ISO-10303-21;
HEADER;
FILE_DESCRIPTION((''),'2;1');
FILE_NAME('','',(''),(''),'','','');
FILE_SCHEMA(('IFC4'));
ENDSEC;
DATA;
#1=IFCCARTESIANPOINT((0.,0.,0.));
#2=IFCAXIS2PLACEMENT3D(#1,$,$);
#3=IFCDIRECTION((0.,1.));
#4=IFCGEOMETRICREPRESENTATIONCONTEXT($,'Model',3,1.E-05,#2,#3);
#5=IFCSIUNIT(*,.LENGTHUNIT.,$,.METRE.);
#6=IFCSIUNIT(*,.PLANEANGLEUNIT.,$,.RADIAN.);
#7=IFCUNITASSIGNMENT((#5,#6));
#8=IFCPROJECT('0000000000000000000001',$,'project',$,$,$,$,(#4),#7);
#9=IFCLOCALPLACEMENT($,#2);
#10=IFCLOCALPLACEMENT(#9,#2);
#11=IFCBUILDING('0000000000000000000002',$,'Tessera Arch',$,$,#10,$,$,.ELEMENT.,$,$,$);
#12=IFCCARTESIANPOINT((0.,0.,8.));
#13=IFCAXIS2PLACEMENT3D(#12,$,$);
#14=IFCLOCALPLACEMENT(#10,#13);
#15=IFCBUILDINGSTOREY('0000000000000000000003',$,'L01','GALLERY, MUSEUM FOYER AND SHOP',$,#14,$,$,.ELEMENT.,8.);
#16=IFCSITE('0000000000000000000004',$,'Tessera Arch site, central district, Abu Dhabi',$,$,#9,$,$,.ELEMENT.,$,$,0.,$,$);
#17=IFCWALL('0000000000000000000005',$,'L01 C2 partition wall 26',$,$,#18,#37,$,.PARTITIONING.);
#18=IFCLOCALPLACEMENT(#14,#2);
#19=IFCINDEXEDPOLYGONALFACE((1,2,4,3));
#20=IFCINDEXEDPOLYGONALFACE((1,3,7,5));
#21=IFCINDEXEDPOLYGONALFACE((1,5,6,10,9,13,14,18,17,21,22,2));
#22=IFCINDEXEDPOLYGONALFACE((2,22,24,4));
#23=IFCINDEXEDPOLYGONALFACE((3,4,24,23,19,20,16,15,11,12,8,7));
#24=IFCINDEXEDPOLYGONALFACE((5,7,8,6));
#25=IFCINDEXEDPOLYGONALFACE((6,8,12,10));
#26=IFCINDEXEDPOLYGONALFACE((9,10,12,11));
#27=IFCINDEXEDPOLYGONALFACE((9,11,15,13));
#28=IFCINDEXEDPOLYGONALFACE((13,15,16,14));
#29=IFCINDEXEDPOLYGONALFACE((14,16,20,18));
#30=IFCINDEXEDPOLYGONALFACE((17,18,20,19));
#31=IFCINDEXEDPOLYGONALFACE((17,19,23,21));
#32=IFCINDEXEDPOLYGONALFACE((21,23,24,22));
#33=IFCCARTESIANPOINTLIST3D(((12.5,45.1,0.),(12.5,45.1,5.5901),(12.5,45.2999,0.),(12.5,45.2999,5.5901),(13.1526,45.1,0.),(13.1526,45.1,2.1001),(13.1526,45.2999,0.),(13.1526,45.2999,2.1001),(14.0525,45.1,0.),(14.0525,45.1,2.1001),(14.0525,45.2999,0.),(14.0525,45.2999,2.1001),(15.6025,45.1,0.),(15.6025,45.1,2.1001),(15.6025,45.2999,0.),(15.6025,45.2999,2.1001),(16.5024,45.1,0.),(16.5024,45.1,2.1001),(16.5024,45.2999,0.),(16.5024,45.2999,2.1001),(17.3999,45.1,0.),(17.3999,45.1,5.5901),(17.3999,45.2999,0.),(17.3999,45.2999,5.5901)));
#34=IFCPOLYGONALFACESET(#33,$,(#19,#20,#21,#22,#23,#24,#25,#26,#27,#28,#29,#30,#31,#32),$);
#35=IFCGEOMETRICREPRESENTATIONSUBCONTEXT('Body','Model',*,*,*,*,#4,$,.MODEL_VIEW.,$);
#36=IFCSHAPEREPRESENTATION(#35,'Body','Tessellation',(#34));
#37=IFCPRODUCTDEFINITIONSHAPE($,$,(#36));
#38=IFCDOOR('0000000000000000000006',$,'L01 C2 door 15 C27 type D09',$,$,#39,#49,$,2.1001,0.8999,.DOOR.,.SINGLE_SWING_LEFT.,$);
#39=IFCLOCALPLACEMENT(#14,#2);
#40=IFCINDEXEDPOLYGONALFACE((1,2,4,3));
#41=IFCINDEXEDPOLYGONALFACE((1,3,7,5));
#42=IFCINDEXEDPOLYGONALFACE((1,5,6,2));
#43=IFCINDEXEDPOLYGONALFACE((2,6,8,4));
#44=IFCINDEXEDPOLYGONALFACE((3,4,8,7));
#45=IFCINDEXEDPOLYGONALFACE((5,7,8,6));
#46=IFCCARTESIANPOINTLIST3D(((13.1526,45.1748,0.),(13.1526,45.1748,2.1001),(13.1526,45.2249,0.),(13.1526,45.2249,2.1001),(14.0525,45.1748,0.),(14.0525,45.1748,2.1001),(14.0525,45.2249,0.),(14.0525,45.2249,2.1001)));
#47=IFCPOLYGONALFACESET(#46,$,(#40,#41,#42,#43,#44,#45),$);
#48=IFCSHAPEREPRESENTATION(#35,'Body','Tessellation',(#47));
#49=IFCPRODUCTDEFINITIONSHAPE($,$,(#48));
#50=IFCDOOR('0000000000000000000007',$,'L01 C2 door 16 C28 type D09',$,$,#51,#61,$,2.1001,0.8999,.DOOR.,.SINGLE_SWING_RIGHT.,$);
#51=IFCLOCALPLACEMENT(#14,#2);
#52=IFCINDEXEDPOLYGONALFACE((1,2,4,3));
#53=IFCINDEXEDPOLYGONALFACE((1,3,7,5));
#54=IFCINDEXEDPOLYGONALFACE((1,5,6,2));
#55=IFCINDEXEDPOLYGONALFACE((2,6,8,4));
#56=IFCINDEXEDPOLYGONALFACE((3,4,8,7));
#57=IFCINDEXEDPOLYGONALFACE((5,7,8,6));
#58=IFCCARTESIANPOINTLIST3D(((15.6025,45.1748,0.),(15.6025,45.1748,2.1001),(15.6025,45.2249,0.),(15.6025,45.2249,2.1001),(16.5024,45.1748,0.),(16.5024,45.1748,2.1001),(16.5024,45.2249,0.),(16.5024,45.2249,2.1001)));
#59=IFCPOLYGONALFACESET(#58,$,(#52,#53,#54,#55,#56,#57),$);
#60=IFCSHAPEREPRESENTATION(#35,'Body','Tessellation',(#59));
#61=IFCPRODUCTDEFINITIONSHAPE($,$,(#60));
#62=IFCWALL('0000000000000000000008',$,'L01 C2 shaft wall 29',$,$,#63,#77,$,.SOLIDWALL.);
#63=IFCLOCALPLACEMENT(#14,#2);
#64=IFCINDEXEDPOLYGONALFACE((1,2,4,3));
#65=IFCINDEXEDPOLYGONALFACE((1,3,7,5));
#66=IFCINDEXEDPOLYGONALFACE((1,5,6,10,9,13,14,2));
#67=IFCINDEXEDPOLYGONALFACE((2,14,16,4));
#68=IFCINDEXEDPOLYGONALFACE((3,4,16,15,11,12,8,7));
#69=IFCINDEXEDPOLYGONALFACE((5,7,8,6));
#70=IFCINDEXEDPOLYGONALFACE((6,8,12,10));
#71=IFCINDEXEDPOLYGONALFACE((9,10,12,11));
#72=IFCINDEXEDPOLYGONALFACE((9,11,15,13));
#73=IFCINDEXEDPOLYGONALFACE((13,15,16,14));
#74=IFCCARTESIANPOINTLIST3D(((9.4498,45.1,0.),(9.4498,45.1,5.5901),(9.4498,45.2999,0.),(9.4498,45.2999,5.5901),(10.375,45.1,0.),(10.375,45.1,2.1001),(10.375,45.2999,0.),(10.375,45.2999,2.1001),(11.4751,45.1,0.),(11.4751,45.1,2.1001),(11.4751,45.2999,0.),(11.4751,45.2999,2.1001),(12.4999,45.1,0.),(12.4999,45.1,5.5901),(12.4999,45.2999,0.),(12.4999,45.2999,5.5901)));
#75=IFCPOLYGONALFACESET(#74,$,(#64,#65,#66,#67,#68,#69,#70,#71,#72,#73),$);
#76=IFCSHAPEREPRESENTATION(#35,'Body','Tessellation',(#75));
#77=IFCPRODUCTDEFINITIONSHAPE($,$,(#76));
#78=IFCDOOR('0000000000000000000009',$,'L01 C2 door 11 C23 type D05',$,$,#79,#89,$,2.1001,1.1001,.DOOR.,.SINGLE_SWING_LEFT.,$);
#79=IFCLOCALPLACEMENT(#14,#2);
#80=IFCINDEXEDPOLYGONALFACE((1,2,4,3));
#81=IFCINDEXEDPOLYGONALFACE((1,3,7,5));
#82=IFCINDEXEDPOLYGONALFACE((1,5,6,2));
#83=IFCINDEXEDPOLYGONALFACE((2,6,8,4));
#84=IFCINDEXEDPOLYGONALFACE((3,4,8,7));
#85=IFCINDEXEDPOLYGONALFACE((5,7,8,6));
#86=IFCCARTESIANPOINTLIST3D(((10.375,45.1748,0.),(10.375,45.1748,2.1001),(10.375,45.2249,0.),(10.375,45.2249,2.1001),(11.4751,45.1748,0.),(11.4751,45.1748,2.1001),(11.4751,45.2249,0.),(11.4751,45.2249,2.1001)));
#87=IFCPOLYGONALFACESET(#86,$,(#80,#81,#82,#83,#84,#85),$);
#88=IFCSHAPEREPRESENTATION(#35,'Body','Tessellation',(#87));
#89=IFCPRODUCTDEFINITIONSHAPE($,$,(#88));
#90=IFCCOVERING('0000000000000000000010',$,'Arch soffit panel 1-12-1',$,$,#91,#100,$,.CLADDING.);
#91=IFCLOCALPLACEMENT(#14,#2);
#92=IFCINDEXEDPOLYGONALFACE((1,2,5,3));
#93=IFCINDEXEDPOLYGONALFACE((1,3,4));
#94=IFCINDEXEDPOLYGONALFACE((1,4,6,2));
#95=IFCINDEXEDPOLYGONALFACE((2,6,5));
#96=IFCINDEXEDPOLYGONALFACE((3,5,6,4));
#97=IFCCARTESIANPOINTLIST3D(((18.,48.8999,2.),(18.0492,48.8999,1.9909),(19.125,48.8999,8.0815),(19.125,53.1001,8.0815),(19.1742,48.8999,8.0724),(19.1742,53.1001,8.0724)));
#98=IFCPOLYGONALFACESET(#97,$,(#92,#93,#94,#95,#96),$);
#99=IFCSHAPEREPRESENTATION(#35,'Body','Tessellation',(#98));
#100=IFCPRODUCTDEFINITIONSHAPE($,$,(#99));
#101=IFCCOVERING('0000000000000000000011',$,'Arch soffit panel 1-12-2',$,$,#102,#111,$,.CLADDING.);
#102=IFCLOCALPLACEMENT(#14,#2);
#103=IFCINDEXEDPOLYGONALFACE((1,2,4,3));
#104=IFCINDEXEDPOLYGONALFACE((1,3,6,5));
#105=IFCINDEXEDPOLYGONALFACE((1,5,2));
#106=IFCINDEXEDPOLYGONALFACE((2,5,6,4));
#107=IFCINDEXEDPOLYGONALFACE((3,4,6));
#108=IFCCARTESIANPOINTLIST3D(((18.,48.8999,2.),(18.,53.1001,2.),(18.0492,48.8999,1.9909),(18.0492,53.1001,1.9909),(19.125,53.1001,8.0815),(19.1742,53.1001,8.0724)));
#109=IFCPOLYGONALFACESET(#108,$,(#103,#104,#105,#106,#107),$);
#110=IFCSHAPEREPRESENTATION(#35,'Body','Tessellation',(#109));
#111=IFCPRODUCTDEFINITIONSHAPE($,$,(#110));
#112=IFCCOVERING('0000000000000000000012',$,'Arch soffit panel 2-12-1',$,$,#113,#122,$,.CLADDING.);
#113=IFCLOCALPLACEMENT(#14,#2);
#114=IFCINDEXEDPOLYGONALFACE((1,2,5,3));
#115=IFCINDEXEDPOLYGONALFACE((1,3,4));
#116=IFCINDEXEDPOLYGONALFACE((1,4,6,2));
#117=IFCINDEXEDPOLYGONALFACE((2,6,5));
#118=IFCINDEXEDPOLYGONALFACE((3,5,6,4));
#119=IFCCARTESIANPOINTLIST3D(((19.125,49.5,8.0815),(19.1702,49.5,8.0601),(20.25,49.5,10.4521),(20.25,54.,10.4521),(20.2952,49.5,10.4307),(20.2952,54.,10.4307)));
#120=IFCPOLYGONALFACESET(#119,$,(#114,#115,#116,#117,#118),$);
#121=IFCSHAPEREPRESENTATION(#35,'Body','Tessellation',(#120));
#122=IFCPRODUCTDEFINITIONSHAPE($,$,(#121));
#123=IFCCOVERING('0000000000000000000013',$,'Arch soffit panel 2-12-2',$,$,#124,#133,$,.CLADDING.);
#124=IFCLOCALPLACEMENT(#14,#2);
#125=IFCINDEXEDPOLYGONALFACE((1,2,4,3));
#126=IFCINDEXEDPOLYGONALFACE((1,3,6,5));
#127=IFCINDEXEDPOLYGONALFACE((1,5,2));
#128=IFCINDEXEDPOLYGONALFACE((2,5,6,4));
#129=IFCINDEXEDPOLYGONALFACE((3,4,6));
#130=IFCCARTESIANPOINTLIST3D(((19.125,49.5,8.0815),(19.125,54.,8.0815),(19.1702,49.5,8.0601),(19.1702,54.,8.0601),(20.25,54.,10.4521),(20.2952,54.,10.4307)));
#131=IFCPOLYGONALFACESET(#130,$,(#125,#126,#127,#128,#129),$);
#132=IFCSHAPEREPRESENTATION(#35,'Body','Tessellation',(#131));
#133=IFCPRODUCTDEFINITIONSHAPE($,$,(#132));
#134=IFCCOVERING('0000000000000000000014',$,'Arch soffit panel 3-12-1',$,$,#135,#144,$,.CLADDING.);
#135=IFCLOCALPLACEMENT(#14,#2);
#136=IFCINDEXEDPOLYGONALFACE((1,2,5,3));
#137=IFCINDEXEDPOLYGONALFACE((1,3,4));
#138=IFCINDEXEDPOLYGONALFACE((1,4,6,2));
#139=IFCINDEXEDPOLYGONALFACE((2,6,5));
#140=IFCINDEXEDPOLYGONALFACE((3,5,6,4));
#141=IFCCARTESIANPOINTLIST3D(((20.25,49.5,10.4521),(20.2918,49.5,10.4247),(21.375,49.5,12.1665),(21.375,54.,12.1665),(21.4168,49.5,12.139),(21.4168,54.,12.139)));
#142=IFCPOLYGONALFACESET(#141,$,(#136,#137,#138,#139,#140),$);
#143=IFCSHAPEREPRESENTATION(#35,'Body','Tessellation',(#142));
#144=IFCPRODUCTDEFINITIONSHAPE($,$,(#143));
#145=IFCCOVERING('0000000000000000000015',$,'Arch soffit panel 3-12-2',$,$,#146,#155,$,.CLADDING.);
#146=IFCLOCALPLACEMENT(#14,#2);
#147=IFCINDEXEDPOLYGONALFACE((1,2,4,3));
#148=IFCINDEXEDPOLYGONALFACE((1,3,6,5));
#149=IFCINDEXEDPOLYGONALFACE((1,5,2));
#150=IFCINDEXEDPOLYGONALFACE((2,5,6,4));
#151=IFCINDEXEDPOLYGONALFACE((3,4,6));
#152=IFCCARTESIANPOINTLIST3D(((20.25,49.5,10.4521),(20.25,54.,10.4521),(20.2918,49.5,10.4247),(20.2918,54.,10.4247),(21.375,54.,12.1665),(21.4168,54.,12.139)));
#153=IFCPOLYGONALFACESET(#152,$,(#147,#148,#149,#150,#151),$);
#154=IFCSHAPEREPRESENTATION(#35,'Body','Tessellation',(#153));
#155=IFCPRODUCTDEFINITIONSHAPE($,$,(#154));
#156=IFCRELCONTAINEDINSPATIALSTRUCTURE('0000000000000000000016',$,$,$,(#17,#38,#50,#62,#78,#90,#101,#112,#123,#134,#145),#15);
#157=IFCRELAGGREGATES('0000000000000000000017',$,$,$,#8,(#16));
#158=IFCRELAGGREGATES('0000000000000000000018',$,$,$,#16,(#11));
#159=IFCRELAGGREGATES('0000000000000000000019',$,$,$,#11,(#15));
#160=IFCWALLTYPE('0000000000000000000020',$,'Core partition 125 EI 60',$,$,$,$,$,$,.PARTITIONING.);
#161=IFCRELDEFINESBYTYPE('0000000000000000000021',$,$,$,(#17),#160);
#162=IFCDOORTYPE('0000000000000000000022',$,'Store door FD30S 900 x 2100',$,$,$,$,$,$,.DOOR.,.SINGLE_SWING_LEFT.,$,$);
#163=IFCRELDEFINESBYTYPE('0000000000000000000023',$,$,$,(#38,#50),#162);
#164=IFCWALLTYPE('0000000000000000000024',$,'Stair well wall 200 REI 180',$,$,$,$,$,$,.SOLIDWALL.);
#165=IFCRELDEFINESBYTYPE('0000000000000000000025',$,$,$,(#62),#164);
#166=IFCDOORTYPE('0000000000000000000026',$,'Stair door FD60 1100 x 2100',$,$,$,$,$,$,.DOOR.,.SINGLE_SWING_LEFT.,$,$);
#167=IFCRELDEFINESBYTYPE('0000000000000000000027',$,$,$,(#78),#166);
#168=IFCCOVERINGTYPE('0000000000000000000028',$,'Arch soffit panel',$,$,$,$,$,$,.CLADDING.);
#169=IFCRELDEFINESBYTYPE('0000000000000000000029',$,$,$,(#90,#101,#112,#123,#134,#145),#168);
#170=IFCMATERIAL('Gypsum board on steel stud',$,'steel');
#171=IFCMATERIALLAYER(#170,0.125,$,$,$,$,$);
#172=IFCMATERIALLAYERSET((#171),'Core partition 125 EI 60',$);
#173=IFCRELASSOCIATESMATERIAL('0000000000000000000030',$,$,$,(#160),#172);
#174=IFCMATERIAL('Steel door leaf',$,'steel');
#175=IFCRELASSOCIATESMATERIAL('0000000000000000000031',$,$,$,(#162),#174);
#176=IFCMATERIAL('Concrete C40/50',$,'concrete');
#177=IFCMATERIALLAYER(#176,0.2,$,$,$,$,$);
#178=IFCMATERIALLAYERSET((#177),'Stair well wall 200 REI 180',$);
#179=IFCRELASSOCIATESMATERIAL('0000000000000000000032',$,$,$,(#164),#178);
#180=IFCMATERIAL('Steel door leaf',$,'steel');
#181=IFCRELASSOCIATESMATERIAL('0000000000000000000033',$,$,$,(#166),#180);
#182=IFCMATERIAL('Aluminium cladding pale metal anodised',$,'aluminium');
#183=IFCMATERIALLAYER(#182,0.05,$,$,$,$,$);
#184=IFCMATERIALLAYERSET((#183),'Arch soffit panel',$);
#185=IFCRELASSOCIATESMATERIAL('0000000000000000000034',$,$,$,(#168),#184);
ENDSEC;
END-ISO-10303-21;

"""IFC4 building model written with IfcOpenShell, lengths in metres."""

from ifc_helpers import new_model, si_unit, direction, frame, frame_2d, origin, place, context, subcontext, project, spatial, polyline, rectangle, outline, extrude, material, layer, layer_set, type_object, element, fill, save


model = new_model("IFC4")

# Units and contexts
model_context = context("Model", 3, precision=1e-05, world=origin(), true_north=direction((0.0, 1.0)))
body_context = subcontext(model_context, "Body", "Model", "MODEL_VIEW")
ifc_project = project(units=[si_unit("LENGTHUNIT", "METRE"), si_unit("PLANEANGLEUNIT", "RADIAN")], contexts=[model_context])

# Site, building, storey
site_placement = place(None, origin())
site = spatial("IfcSite", under=ifc_project, at=site_placement, Name="Tessera Arch site, central district, Abu Dhabi", CompositionType="ELEMENT", RefElevation=0.0)
building_placement = place(site_placement, origin())
building = spatial("IfcBuilding", under=site, at=building_placement, Name="Tessera Arch", CompositionType="ELEMENT")
storey_placement = place(building_placement, frame((0.0, 0.0, 8.0)))
storey = spatial("IfcBuildingStorey", under=building, at=storey_placement, Name="L01", Description="GALLERY, MUSEUM FOYER AND SHOP", CompositionType="ELEMENT", Elevation=8.0)

# Shared definitions
ifc_material_1 = material(Name="Gypsum board on steel stud", Category="steel")
ifc_layer_1 = layer(ifc_material_1, 0.125)
ifc_layer_set_1 = layer_set([ifc_layer_1], Name="Core partition 125 EI 60")
wall_type_1 = type_object("IfcWallType", Name="Core partition 125 EI 60", PredefinedType="PARTITIONING", material=ifc_layer_set_1)

# Wall, openings, doors
wall_1_placement = place(storey_placement, frame((12.5, 45.2, 0.0), z_axis=(0.0, 0.0, 1.0), x_axis=(1.0, 0.0, 0.0)))
wall_1 = element("IfcWall", 1, at=wall_1_placement, inside=storey, type_object=wall_type_1, Name="L01 C2 partition wall 26", PredefinedType="PARTITIONING", context=body_context, shape_type="SweptSolid", body=[
    extrude(rectangle(XDim=4.8999, YDim=0.2, at=frame_2d((2.45, 0.0))), origin(), (0.0, 0.0, 1.0), 5.5901),
])
opening_1_placement = place(wall_1_placement, frame((0.6526, 0.0, 0.0)))
opening_1 = element("IfcOpeningElement", 2, at=opening_1_placement, cuts=wall_1, PredefinedType="OPENING", context=body_context, shape_type="SweptSolid", body=[
    extrude(rectangle(XDim=0.8999, YDim=2.1001, at=frame_2d((0.45, 1.05))), frame((0.0, 0.1099, 0.0), z_axis=(0.0, -1.0, 0.0), x_axis=(1.0, 0.0, 0.0)), (0.0, 0.0, 1.0), 0.22),
])
opening_2_placement = place(wall_1_placement, frame((3.1025, 0.0, 0.0)))
opening_2 = element("IfcOpeningElement", 3, at=opening_2_placement, cuts=wall_1, PredefinedType="OPENING", context=body_context, shape_type="SweptSolid", body=[
    extrude(rectangle(XDim=0.8999, YDim=2.1001, at=frame_2d((0.45, 1.05))), frame((0.0, 0.1099, 0.0), z_axis=(0.0, -1.0, 0.0), x_axis=(1.0, 0.0, 0.0)), (0.0, 0.0, 1.0), 0.22),
])
ifc_material_2 = material(Name="Steel door leaf", Category="steel")
door_type_1 = type_object("IfcDoorType", Name="Store door FD30S 900 x 2100", OperationType="SINGLE_SWING_LEFT", PredefinedType="DOOR", material=ifc_material_2)
door_1_placement = place(opening_1_placement, origin())
door_1 = element("IfcDoor", 4, at=door_1_placement, inside=storey, type_object=door_type_1, Name="L01 C2 door 15 C27 type D09", OperationType="SINGLE_SWING_LEFT", OverallHeight=2.1001, OverallWidth=0.8999, PredefinedType="DOOR", context=body_context, shape_type="SweptSolid", body=[
    extrude(rectangle(XDim=0.8999, YDim=2.1001, at=frame_2d((0.45, 1.05))), frame((0.0, 0.0249, 0.0), z_axis=(0.0, -1.0, 0.0), x_axis=(1.0, 0.0, 0.0)), (0.0, 0.0, 1.0), 0.05),
])
fill(opening_1, door_1)
door_2_placement = place(opening_2_placement, origin())
door_2 = element("IfcDoor", 5, at=door_2_placement, inside=storey, type_object=door_type_1, Name="L01 C2 door 16 C28 type D09", OperationType="SINGLE_SWING_RIGHT", OverallHeight=2.1001, OverallWidth=0.8999, PredefinedType="DOOR", context=body_context, shape_type="SweptSolid", body=[
    extrude(rectangle(XDim=0.8999, YDim=2.1001, at=frame_2d((0.45, 1.05))), frame((0.0, 0.0249, 0.0), z_axis=(0.0, -1.0, 0.0), x_axis=(1.0, 0.0, 0.0)), (0.0, 0.0, 1.0), 0.05),
])
fill(opening_2, door_2)

# Wall, opening, door
ifc_material_3 = material(Name="Concrete C40/50", Category="concrete")
ifc_layer_2 = layer(ifc_material_3, 0.2)
ifc_layer_set_2 = layer_set([ifc_layer_2], Name="Stair well wall 200 REI 180")
wall_type_2 = type_object("IfcWallType", Name="Stair well wall 200 REI 180", PredefinedType="SOLIDWALL", material=ifc_layer_set_2)
wall_2_placement = place(storey_placement, frame((9.45, 45.2, 0.0), z_axis=(0.0, 0.0, 1.0), x_axis=(1.0, 0.0, 0.0)))
wall_2 = element("IfcWall", 6, at=wall_2_placement, inside=storey, type_object=wall_type_2, Name="L01 C2 shaft wall 29", PredefinedType="SOLIDWALL", context=body_context, shape_type="SweptSolid", body=[
    extrude(rectangle(XDim=3.05, YDim=0.2, at=frame_2d((1.5249, 0.0))), origin(), (0.0, 0.0, 1.0), 5.5901),
])
opening_3_placement = place(wall_2_placement, frame((0.925, 0.0, 0.0)))
opening_3 = element("IfcOpeningElement", 7, at=opening_3_placement, cuts=wall_2, PredefinedType="OPENING", context=body_context, shape_type="SweptSolid", body=[
    extrude(rectangle(XDim=1.1001, YDim=2.1001, at=frame_2d((0.55, 1.05))), frame((0.0, 0.1099, 0.0), z_axis=(0.0, -1.0, 0.0), x_axis=(1.0, 0.0, 0.0)), (0.0, 0.0, 1.0), 0.22),
])
ifc_material_4 = material(Name="Steel door leaf", Category="steel")
door_type_2 = type_object("IfcDoorType", Name="Stair door FD60 1100 x 2100", OperationType="SINGLE_SWING_LEFT", PredefinedType="DOOR", material=ifc_material_4)
door_3_placement = place(opening_3_placement, origin())
door_3 = element("IfcDoor", 8, at=door_3_placement, inside=storey, type_object=door_type_2, Name="L01 C2 door 11 C23 type D05", OperationType="SINGLE_SWING_LEFT", OverallHeight=2.1001, OverallWidth=1.1001, PredefinedType="DOOR", context=body_context, shape_type="SweptSolid", body=[
    extrude(rectangle(XDim=1.1001, YDim=2.1001, at=frame_2d((0.55, 1.05))), frame((0.0, 0.0249, 0.0), z_axis=(0.0, -1.0, 0.0), x_axis=(1.0, 0.0, 0.0)), (0.0, 0.0, 1.0), 0.05),
])
fill(opening_3, door_3)

# Coverings
ifc_material_5 = material(Name="Aluminium cladding pale metal anodised", Category="aluminium")
ifc_layer_3 = layer(ifc_material_5, 0.05)
ifc_layer_set_3 = layer_set([ifc_layer_3], Name="Arch soffit panel")
covering_type_1 = type_object("IfcCoveringType", Name="Arch soffit panel", PredefinedType="CLADDING", material=ifc_layer_set_3)
covering_1_placement = place(storey_placement, frame((18.0, 48.8999, 2.0), z_axis=(-0.983317, 0.0, 0.1819), x_axis=(0.1819, 0.0, 0.983317)))
element("IfcCovering", 9, at=covering_1_placement, inside=storey, type_object=covering_type_1, Name="Arch soffit panel 1-12-1", PredefinedType="CLADDING", context=body_context, shape_type="SweptSolid", body=[
    extrude(outline(polyline([(0.0, 0.0), (6.1847, 0.0), (6.1847, 4.2002), (0.0, 0.0)])), origin(), (0.0, 0.0, -1.0), 0.05),
])
covering_2_placement = place(storey_placement, frame((18.0, 48.8999, 2.0), z_axis=(-0.983317, 0.0, 0.1819), x_axis=(0.150479, 0.561815, 0.813462)))
element("IfcCovering", 10, at=covering_2_placement, inside=storey, type_object=covering_type_1, Name="Arch soffit panel 1-12-2", PredefinedType="CLADDING", context=body_context, shape_type="SweptSolid", body=[
    extrude(outline(polyline([(0.0, 0.0), (7.4761, 0.0), (2.3597, 3.4747), (0.0, 0.0)])), origin(), (0.0, 0.0, -1.0), 0.05),
])
covering_3_placement = place(storey_placement, frame((19.125, 49.5, 8.0815), z_axis=(-0.903431, 0.0, 0.428734), x_axis=(0.428734, 0.0, 0.903431)))
element("IfcCovering", 11, at=covering_3_placement, inside=storey, type_object=covering_type_1, Name="Arch soffit panel 2-12-1", PredefinedType="CLADDING", context=body_context, shape_type="SweptSolid", body=[
    extrude(outline(polyline([(0.0, 0.0), (2.624, 0.0), (2.624, 4.5), (0.0, 0.0)])), origin(), (0.0, 0.0, -1.0), 0.05),
])
covering_4_placement = place(storey_placement, frame((19.125, 49.5, 8.0815), z_axis=(-0.903431, 0.0, 0.428734), x_axis=(0.215966, 0.863862, 0.455084)))
element("IfcCovering", 12, at=covering_4_placement, inside=storey, type_object=covering_type_1, Name="Arch soffit panel 2-12-2", PredefinedType="CLADDING", context=body_context, shape_type="SweptSolid", body=[
    extrude(outline(polyline([(0.0, 0.0), (5.2092, 0.0), (3.8874, 2.2668), (0.0, 0.0)])), origin(), (0.0, 0.0, -1.0), 0.05),
])
covering_5_placement = place(storey_placement, frame((20.25, 49.5, 10.4521), z_axis=(-0.836058, 0.0, 0.548641), x_axis=(0.548641, 0.0, 0.836058)))
element("IfcCovering", 13, at=covering_5_placement, inside=storey, type_object=covering_type_1, Name="Arch soffit panel 3-12-1", PredefinedType="CLADDING", context=body_context, shape_type="SweptSolid", body=[
    extrude(outline(polyline([(0.0, 0.0), (2.0505, 0.0), (2.0505, 4.5), (0.0, 0.0)])), origin(), (0.0, 0.0, -1.0), 0.05),
])
covering_6_placement = place(storey_placement, frame((20.25, 49.5, 10.4521), z_axis=(-0.836058, 0.0, 0.548641), x_axis=(0.227495, 0.90998, 0.346673)))
element("IfcCovering", 14, at=covering_6_placement, inside=storey, type_object=covering_type_1, Name="Arch soffit panel 3-12-2", PredefinedType="CLADDING", context=body_context, shape_type="SweptSolid", body=[
    extrude(outline(polyline([(0.0, 0.0), (4.9452, 0.0), (4.0949, 1.8659), (0.0, 0.0)])), origin(), (0.0, 0.0, -1.0), 0.05),
])

save(model, "model.ifc")
